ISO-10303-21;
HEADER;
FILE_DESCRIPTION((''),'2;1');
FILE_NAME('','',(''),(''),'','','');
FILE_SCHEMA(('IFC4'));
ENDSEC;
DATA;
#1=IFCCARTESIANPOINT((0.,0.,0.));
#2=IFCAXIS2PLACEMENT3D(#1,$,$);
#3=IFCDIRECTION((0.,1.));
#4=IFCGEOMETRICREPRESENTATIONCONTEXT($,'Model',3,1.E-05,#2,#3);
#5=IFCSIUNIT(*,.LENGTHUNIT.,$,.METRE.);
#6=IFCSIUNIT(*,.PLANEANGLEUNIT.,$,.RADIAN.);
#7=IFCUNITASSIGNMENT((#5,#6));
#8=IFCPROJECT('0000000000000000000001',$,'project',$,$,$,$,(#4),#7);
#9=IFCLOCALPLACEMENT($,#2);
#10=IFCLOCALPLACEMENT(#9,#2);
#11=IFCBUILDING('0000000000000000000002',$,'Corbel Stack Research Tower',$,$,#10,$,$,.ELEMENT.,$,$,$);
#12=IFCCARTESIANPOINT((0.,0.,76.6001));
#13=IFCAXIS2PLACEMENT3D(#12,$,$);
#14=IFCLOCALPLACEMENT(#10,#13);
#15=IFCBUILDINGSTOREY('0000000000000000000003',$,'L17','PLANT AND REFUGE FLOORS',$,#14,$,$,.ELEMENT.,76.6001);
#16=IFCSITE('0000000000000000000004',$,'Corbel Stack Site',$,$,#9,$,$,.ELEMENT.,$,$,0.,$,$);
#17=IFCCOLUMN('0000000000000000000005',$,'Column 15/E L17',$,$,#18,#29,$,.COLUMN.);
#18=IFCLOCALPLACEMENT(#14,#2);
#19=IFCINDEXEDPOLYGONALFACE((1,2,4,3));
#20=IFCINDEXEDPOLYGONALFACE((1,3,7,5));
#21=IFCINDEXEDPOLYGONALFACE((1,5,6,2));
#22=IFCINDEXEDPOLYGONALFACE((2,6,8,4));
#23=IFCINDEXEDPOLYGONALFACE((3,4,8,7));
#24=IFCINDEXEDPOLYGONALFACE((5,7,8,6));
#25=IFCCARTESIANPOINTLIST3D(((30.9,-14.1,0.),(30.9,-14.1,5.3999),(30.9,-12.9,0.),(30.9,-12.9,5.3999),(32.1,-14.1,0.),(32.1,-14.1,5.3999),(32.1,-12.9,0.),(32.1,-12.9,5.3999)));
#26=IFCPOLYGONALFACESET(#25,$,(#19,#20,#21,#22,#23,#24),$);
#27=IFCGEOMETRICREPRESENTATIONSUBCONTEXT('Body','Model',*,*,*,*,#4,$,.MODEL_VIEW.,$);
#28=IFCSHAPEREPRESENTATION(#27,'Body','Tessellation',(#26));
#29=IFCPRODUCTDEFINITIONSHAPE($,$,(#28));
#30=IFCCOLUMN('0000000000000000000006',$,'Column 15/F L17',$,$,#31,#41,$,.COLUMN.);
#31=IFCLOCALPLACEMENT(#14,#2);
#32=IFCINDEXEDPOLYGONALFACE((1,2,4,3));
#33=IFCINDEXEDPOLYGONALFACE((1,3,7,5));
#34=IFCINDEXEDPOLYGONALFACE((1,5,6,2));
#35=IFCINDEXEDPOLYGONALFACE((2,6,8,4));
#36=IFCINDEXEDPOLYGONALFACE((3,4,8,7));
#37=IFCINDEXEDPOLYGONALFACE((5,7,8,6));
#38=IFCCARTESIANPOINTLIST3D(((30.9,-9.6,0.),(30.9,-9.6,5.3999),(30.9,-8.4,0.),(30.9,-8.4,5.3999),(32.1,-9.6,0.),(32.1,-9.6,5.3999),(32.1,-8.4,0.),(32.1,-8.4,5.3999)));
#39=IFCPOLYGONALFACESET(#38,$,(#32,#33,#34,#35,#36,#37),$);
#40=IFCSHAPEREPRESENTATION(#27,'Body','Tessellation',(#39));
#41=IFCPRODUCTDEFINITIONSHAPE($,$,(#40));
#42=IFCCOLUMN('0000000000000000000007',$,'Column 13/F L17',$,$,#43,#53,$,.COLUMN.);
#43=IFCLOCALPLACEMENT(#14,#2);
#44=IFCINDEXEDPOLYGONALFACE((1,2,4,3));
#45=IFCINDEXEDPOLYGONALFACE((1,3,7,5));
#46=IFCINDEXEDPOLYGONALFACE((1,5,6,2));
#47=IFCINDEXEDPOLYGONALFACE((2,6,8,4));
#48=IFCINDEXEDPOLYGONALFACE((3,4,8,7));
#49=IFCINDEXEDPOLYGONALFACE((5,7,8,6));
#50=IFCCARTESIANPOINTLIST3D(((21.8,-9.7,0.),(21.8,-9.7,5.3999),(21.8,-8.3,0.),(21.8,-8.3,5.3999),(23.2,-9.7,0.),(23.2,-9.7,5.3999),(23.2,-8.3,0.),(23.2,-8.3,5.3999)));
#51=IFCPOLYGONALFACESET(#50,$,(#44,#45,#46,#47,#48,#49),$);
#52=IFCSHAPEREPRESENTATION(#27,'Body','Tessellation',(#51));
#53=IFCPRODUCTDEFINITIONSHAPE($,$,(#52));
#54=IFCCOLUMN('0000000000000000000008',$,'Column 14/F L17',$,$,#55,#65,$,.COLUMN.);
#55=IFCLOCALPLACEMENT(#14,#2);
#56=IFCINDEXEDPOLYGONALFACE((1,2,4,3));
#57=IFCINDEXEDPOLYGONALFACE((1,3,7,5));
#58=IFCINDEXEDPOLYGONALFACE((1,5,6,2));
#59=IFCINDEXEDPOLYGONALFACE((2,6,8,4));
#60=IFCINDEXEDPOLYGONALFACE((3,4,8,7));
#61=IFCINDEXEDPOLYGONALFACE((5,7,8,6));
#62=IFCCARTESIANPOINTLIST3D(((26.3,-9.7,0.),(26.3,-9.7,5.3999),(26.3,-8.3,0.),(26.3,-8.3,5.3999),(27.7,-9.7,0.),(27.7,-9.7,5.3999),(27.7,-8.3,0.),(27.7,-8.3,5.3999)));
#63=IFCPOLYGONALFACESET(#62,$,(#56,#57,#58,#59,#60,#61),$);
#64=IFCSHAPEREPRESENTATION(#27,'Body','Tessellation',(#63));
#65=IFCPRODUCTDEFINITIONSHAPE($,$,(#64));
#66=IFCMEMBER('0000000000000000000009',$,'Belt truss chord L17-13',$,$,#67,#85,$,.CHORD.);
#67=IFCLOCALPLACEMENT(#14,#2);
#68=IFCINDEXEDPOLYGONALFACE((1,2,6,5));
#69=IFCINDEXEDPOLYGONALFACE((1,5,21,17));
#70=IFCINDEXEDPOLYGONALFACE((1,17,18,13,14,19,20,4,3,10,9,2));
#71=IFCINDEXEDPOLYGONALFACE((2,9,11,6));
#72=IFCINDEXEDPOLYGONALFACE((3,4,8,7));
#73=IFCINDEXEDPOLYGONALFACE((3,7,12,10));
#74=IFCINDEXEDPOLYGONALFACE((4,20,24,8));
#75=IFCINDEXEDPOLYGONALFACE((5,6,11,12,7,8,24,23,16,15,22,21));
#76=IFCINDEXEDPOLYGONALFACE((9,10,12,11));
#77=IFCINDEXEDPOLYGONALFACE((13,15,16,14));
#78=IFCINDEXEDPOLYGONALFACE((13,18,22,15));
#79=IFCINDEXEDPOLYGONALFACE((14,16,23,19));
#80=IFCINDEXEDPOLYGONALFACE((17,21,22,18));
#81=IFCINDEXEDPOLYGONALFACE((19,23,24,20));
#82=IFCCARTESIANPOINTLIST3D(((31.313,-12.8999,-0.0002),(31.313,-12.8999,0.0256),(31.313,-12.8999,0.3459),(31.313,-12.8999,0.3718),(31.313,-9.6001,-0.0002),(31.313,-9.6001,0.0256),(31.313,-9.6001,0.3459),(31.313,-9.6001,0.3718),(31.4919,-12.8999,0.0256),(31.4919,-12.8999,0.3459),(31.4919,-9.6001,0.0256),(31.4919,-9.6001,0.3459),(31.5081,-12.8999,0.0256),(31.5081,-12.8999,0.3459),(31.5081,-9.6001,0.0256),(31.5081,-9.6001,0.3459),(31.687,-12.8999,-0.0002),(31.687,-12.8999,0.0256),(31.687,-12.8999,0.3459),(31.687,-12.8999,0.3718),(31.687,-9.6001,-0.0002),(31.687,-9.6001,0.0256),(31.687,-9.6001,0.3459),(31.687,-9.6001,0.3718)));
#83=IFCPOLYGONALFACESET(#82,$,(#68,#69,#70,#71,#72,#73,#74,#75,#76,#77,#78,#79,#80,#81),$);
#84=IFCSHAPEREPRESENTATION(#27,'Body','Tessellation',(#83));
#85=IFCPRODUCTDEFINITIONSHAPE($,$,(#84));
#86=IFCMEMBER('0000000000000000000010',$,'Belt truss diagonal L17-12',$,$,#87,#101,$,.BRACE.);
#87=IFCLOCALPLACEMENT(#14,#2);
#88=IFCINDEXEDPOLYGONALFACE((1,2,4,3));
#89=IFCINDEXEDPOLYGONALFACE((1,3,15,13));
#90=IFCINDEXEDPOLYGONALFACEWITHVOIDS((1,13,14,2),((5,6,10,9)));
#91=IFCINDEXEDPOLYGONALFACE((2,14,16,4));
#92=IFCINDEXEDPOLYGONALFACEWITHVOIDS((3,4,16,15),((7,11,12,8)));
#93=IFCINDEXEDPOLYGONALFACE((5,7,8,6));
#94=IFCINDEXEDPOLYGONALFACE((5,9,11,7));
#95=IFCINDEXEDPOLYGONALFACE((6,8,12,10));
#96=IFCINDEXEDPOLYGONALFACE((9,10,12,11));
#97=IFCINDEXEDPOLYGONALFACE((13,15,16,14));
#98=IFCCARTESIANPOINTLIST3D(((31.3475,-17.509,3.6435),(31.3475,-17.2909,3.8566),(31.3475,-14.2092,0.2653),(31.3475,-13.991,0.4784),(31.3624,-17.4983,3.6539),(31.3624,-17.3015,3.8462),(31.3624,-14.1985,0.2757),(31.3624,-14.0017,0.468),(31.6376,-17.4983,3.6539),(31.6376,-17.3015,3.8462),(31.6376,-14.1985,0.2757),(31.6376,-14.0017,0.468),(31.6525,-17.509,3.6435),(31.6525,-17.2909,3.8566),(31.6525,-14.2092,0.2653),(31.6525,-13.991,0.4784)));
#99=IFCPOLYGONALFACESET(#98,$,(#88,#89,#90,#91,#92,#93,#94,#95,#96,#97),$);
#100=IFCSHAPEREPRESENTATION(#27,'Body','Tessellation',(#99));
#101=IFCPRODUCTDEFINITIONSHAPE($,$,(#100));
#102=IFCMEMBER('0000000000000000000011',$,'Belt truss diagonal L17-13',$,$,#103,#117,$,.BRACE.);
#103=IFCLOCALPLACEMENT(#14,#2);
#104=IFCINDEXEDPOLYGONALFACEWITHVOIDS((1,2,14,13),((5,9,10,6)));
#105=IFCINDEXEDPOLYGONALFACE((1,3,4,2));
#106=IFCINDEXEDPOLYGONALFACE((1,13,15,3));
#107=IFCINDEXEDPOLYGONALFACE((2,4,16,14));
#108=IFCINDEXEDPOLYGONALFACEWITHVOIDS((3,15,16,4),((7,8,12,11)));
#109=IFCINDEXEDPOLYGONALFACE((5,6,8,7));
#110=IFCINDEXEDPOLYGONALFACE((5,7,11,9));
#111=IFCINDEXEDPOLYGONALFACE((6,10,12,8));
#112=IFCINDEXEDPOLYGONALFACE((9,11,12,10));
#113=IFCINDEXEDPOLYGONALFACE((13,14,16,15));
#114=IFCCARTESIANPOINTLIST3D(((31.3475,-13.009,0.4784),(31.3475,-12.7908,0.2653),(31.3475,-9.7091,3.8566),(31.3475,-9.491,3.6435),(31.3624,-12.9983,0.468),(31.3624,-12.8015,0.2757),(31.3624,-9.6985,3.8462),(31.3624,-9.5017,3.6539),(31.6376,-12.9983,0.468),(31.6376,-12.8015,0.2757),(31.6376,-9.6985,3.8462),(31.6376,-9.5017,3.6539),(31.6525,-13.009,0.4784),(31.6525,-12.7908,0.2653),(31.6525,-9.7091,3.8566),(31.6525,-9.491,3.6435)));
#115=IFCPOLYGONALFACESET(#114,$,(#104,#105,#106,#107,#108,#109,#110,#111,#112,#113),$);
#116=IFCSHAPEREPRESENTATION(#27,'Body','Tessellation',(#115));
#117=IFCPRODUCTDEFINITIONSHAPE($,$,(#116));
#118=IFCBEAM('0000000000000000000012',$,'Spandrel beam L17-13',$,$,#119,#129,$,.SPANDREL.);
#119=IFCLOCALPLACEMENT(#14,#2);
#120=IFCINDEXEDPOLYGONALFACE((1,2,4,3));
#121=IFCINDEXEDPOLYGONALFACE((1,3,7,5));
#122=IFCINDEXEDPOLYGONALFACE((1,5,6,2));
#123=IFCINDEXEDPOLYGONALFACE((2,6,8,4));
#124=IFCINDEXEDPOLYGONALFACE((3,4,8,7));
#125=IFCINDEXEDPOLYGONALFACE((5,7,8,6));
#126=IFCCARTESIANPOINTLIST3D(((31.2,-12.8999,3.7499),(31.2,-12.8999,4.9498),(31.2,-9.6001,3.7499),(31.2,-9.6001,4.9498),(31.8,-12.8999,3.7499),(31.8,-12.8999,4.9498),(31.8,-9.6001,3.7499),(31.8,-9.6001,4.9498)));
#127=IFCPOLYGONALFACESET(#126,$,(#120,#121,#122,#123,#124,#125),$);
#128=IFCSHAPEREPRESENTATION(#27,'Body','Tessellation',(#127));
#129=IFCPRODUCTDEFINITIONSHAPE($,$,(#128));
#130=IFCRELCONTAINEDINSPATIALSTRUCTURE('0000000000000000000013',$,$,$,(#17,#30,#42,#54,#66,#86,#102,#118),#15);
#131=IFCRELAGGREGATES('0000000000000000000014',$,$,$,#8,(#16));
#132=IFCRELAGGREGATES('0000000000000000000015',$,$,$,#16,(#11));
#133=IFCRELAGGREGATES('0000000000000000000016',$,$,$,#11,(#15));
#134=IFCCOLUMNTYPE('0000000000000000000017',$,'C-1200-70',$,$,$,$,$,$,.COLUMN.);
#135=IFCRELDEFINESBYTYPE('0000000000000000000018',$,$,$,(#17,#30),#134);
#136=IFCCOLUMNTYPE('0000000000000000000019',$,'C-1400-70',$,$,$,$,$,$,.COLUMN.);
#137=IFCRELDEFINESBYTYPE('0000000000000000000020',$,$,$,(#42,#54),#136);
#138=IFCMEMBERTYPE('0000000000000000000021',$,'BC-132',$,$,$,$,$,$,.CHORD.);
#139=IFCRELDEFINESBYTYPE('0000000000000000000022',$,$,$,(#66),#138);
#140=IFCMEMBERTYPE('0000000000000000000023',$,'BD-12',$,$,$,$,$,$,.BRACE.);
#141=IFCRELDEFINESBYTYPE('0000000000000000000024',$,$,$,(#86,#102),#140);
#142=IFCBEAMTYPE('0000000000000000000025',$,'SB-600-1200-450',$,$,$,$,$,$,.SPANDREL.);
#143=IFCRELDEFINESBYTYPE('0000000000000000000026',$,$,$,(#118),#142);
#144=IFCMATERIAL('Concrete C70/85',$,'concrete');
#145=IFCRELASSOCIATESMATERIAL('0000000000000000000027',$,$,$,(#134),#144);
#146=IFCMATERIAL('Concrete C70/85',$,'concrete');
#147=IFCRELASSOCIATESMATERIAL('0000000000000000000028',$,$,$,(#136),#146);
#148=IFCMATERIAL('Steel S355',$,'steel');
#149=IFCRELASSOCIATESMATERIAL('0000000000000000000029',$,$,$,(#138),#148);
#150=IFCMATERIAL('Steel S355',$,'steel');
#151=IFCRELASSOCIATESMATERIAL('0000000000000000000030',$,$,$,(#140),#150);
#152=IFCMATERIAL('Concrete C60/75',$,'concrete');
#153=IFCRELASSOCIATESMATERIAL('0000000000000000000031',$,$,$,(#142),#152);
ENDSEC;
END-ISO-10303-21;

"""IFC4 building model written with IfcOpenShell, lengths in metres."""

from ifc_helpers import new_model, si_unit, direction, frame, origin, origin_2d, place, context, subcontext, project, spatial, rectangle, hollow_rectangle, i_section, extrude, material, material_profile, profile_set, type_object, element, save


model = new_model("IFC4")

# Units and contexts
model_context = context("Model", 3, precision=1e-05, world=origin(), true_north=direction((0.0, 1.0)))
body_context = subcontext(model_context, "Body", "Model", "MODEL_VIEW")
ifc_project = project(units=[si_unit("LENGTHUNIT", "METRE"), si_unit("PLANEANGLEUNIT", "RADIAN")], contexts=[model_context])

# Site, building, storey
site_placement = place(None, origin())
site = spatial("IfcSite", under=ifc_project, at=site_placement, Name="Corbel Stack Site", CompositionType="ELEMENT", RefElevation=0.0)
building_placement = place(site_placement, origin())
building = spatial("IfcBuilding", under=site, at=building_placement, Name="Corbel Stack Research Tower", CompositionType="ELEMENT")
storey_placement = place(building_placement, frame((0.0, 0.0, 76.6001)))
storey = spatial("IfcBuildingStorey", under=building, at=storey_placement, Name="L17", Description="PLANT AND REFUGE FLOORS", CompositionType="ELEMENT", Elevation=76.6001)

# Columns
ifc_material_1 = material(Name="Concrete C70/85", Category="concrete")
ifc_material_profile_1 = material_profile(ifc_material_1, rectangle(XDim=1.2, YDim=1.2, at=origin_2d()), Name="RC 1200 x 1200")
ifc_profile_set_1 = profile_set([ifc_material_profile_1], Name="Concrete C70/85")
column_type_1 = type_object("IfcColumnType", Name="C-1200-70", PredefinedType="COLUMN", material=ifc_profile_set_1)
for number, where, z_axis, x_axis, name in (
    (1, (31.5, -13.5, 0.0), (0.0, 0.0, 1.0), (1.0, 0.0, 0.0), "Column 15/E L17"),
    (2, (31.5, -9.0, 0.0), (0.0, 0.0, 1.0), (1.0, 0.0, 0.0), "Column 15/F L17"),
):
    element("IfcColumn", number, at=place(storey_placement, frame(where, z_axis=z_axis, x_axis=x_axis)), inside=storey, type_object=column_type_1, Name=name, PredefinedType="COLUMN", context=body_context, shape_type="SweptSolid", body=[
        extrude(rectangle(XDim=1.2, YDim=1.2, at=origin_2d()), origin(), (0.0, 0.0, 1.0), 5.3999),
    ])
ifc_material_2 = material(Name="Concrete C70/85", Category="concrete")
ifc_material_profile_2 = material_profile(ifc_material_2, rectangle(XDim=1.3999, YDim=1.3999, at=origin_2d()), Name="RC 1400 x 1400")
ifc_profile_set_2 = profile_set([ifc_material_profile_2], Name="Concrete C70/85")
column_type_2 = type_object("IfcColumnType", Name="C-1400-70", PredefinedType="COLUMN", material=ifc_profile_set_2)
for number, where, z_axis, x_axis, name in (
    (3, (22.5, -9.0, 0.0), (0.0, 0.0, 1.0), (1.0, 0.0, 0.0), "Column 13/F L17"),
    (4, (27.0, -9.0, 0.0), (0.0, 0.0, 1.0), (1.0, 0.0, 0.0), "Column 14/F L17"),
):
    element("IfcColumn", number, at=place(storey_placement, frame(where, z_axis=z_axis, x_axis=x_axis)), inside=storey, type_object=column_type_2, Name=name, PredefinedType="COLUMN", context=body_context, shape_type="SweptSolid", body=[
        extrude(rectangle(XDim=1.3999, YDim=1.3999, at=origin_2d()), origin(), (0.0, 0.0, 1.0), 5.3999),
    ])

# Members
ifc_material_3 = material(Name="Steel S355", Category="steel")
ifc_material_profile_3 = material_profile(ifc_material_3, i_section(OverallWidth=0.374, OverallDepth=0.3721, WebThickness=0.0161, FlangeThickness=0.0259, at=origin_2d()), Name="W14x132")
ifc_profile_set_3 = profile_set([ifc_material_profile_3], Name="Steel S355")
member_type_1 = type_object("IfcMemberType", Name="BC-132", PredefinedType="CHORD", material=ifc_profile_set_3)
member_placement = place(storey_placement, frame((31.5, -12.8999, 0.1858), z_axis=(0.0, 1.0, 0.0), x_axis=(-1.0, 0.0, 0.0)))
element("IfcMember", 5, at=member_placement, inside=storey, type_object=member_type_1, Name="Belt truss chord L17-13", PredefinedType="CHORD", context=body_context, shape_type="SweptSolid", body=[
    extrude(i_section(OverallWidth=0.374, OverallDepth=0.3721, WebThickness=0.0161, FlangeThickness=0.0259, at=origin_2d()), origin(), (0.0, 0.0, 1.0), 3.2998),
])
ifc_material_4 = material(Name="Steel S355", Category="steel")
ifc_material_profile_4 = material_profile(ifc_material_4, hollow_rectangle(XDim=0.3049, YDim=0.3049, WallThickness=0.0149, at=origin_2d()), Name="HSS12x12x5/8")
ifc_profile_set_4 = profile_set([ifc_material_profile_4], Name="Steel S355")
member_type_2 = type_object("IfcMemberType", Name="BD-12", PredefinedType="BRACE", material=ifc_profile_set_4)
for number, where, z_axis, x_axis, name in (
    (6, (31.5, -14.1001, 0.3718), (0.0, -0.69876, 0.715356), (1.0, 0.0, 0.0), "Belt truss diagonal L17-12"),
    (7, (31.5, -12.8999, 0.3718), (0.0, 0.69876, 0.715356), (-1.0, 0.0, 0.0), "Belt truss diagonal L17-13"),
):
    element("IfcMember", number, at=place(storey_placement, frame(where, z_axis=z_axis, x_axis=x_axis)), inside=storey, type_object=member_type_2, Name=name, PredefinedType="BRACE", context=body_context, shape_type="SweptSolid", body=[
        extrude(hollow_rectangle(XDim=0.3049, YDim=0.3049, WallThickness=0.0149, at=origin_2d()), origin(), (0.0, 0.0, 1.0), 4.7224),
    ])

# Beam
ifc_material_5 = material(Name="Concrete C60/75", Category="concrete")
ifc_material_profile_5 = material_profile(ifc_material_5, rectangle(XDim=0.6001, YDim=1.2, at=origin_2d()), Name="RC 600 x 1200")
ifc_profile_set_5 = profile_set([ifc_material_profile_5], Name="Concrete C60/75")
beam_type = type_object("IfcBeamType", Name="SB-600-1200-450", PredefinedType="SPANDREL", material=ifc_profile_set_5)
beam_placement = place(storey_placement, frame((31.5, -12.8999, 4.3499), z_axis=(0.0, 1.0, 0.0), x_axis=(-1.0, 0.0, 0.0)))
element("IfcBeam", 8, at=beam_placement, inside=storey, type_object=beam_type, Name="Spandrel beam L17-13", PredefinedType="SPANDREL", context=body_context, shape_type="SweptSolid", body=[
    extrude(rectangle(XDim=0.6001, YDim=1.2, at=origin_2d()), origin(), (0.0, 0.0, 1.0), 3.2998),
])

save(model, "model.ifc")
